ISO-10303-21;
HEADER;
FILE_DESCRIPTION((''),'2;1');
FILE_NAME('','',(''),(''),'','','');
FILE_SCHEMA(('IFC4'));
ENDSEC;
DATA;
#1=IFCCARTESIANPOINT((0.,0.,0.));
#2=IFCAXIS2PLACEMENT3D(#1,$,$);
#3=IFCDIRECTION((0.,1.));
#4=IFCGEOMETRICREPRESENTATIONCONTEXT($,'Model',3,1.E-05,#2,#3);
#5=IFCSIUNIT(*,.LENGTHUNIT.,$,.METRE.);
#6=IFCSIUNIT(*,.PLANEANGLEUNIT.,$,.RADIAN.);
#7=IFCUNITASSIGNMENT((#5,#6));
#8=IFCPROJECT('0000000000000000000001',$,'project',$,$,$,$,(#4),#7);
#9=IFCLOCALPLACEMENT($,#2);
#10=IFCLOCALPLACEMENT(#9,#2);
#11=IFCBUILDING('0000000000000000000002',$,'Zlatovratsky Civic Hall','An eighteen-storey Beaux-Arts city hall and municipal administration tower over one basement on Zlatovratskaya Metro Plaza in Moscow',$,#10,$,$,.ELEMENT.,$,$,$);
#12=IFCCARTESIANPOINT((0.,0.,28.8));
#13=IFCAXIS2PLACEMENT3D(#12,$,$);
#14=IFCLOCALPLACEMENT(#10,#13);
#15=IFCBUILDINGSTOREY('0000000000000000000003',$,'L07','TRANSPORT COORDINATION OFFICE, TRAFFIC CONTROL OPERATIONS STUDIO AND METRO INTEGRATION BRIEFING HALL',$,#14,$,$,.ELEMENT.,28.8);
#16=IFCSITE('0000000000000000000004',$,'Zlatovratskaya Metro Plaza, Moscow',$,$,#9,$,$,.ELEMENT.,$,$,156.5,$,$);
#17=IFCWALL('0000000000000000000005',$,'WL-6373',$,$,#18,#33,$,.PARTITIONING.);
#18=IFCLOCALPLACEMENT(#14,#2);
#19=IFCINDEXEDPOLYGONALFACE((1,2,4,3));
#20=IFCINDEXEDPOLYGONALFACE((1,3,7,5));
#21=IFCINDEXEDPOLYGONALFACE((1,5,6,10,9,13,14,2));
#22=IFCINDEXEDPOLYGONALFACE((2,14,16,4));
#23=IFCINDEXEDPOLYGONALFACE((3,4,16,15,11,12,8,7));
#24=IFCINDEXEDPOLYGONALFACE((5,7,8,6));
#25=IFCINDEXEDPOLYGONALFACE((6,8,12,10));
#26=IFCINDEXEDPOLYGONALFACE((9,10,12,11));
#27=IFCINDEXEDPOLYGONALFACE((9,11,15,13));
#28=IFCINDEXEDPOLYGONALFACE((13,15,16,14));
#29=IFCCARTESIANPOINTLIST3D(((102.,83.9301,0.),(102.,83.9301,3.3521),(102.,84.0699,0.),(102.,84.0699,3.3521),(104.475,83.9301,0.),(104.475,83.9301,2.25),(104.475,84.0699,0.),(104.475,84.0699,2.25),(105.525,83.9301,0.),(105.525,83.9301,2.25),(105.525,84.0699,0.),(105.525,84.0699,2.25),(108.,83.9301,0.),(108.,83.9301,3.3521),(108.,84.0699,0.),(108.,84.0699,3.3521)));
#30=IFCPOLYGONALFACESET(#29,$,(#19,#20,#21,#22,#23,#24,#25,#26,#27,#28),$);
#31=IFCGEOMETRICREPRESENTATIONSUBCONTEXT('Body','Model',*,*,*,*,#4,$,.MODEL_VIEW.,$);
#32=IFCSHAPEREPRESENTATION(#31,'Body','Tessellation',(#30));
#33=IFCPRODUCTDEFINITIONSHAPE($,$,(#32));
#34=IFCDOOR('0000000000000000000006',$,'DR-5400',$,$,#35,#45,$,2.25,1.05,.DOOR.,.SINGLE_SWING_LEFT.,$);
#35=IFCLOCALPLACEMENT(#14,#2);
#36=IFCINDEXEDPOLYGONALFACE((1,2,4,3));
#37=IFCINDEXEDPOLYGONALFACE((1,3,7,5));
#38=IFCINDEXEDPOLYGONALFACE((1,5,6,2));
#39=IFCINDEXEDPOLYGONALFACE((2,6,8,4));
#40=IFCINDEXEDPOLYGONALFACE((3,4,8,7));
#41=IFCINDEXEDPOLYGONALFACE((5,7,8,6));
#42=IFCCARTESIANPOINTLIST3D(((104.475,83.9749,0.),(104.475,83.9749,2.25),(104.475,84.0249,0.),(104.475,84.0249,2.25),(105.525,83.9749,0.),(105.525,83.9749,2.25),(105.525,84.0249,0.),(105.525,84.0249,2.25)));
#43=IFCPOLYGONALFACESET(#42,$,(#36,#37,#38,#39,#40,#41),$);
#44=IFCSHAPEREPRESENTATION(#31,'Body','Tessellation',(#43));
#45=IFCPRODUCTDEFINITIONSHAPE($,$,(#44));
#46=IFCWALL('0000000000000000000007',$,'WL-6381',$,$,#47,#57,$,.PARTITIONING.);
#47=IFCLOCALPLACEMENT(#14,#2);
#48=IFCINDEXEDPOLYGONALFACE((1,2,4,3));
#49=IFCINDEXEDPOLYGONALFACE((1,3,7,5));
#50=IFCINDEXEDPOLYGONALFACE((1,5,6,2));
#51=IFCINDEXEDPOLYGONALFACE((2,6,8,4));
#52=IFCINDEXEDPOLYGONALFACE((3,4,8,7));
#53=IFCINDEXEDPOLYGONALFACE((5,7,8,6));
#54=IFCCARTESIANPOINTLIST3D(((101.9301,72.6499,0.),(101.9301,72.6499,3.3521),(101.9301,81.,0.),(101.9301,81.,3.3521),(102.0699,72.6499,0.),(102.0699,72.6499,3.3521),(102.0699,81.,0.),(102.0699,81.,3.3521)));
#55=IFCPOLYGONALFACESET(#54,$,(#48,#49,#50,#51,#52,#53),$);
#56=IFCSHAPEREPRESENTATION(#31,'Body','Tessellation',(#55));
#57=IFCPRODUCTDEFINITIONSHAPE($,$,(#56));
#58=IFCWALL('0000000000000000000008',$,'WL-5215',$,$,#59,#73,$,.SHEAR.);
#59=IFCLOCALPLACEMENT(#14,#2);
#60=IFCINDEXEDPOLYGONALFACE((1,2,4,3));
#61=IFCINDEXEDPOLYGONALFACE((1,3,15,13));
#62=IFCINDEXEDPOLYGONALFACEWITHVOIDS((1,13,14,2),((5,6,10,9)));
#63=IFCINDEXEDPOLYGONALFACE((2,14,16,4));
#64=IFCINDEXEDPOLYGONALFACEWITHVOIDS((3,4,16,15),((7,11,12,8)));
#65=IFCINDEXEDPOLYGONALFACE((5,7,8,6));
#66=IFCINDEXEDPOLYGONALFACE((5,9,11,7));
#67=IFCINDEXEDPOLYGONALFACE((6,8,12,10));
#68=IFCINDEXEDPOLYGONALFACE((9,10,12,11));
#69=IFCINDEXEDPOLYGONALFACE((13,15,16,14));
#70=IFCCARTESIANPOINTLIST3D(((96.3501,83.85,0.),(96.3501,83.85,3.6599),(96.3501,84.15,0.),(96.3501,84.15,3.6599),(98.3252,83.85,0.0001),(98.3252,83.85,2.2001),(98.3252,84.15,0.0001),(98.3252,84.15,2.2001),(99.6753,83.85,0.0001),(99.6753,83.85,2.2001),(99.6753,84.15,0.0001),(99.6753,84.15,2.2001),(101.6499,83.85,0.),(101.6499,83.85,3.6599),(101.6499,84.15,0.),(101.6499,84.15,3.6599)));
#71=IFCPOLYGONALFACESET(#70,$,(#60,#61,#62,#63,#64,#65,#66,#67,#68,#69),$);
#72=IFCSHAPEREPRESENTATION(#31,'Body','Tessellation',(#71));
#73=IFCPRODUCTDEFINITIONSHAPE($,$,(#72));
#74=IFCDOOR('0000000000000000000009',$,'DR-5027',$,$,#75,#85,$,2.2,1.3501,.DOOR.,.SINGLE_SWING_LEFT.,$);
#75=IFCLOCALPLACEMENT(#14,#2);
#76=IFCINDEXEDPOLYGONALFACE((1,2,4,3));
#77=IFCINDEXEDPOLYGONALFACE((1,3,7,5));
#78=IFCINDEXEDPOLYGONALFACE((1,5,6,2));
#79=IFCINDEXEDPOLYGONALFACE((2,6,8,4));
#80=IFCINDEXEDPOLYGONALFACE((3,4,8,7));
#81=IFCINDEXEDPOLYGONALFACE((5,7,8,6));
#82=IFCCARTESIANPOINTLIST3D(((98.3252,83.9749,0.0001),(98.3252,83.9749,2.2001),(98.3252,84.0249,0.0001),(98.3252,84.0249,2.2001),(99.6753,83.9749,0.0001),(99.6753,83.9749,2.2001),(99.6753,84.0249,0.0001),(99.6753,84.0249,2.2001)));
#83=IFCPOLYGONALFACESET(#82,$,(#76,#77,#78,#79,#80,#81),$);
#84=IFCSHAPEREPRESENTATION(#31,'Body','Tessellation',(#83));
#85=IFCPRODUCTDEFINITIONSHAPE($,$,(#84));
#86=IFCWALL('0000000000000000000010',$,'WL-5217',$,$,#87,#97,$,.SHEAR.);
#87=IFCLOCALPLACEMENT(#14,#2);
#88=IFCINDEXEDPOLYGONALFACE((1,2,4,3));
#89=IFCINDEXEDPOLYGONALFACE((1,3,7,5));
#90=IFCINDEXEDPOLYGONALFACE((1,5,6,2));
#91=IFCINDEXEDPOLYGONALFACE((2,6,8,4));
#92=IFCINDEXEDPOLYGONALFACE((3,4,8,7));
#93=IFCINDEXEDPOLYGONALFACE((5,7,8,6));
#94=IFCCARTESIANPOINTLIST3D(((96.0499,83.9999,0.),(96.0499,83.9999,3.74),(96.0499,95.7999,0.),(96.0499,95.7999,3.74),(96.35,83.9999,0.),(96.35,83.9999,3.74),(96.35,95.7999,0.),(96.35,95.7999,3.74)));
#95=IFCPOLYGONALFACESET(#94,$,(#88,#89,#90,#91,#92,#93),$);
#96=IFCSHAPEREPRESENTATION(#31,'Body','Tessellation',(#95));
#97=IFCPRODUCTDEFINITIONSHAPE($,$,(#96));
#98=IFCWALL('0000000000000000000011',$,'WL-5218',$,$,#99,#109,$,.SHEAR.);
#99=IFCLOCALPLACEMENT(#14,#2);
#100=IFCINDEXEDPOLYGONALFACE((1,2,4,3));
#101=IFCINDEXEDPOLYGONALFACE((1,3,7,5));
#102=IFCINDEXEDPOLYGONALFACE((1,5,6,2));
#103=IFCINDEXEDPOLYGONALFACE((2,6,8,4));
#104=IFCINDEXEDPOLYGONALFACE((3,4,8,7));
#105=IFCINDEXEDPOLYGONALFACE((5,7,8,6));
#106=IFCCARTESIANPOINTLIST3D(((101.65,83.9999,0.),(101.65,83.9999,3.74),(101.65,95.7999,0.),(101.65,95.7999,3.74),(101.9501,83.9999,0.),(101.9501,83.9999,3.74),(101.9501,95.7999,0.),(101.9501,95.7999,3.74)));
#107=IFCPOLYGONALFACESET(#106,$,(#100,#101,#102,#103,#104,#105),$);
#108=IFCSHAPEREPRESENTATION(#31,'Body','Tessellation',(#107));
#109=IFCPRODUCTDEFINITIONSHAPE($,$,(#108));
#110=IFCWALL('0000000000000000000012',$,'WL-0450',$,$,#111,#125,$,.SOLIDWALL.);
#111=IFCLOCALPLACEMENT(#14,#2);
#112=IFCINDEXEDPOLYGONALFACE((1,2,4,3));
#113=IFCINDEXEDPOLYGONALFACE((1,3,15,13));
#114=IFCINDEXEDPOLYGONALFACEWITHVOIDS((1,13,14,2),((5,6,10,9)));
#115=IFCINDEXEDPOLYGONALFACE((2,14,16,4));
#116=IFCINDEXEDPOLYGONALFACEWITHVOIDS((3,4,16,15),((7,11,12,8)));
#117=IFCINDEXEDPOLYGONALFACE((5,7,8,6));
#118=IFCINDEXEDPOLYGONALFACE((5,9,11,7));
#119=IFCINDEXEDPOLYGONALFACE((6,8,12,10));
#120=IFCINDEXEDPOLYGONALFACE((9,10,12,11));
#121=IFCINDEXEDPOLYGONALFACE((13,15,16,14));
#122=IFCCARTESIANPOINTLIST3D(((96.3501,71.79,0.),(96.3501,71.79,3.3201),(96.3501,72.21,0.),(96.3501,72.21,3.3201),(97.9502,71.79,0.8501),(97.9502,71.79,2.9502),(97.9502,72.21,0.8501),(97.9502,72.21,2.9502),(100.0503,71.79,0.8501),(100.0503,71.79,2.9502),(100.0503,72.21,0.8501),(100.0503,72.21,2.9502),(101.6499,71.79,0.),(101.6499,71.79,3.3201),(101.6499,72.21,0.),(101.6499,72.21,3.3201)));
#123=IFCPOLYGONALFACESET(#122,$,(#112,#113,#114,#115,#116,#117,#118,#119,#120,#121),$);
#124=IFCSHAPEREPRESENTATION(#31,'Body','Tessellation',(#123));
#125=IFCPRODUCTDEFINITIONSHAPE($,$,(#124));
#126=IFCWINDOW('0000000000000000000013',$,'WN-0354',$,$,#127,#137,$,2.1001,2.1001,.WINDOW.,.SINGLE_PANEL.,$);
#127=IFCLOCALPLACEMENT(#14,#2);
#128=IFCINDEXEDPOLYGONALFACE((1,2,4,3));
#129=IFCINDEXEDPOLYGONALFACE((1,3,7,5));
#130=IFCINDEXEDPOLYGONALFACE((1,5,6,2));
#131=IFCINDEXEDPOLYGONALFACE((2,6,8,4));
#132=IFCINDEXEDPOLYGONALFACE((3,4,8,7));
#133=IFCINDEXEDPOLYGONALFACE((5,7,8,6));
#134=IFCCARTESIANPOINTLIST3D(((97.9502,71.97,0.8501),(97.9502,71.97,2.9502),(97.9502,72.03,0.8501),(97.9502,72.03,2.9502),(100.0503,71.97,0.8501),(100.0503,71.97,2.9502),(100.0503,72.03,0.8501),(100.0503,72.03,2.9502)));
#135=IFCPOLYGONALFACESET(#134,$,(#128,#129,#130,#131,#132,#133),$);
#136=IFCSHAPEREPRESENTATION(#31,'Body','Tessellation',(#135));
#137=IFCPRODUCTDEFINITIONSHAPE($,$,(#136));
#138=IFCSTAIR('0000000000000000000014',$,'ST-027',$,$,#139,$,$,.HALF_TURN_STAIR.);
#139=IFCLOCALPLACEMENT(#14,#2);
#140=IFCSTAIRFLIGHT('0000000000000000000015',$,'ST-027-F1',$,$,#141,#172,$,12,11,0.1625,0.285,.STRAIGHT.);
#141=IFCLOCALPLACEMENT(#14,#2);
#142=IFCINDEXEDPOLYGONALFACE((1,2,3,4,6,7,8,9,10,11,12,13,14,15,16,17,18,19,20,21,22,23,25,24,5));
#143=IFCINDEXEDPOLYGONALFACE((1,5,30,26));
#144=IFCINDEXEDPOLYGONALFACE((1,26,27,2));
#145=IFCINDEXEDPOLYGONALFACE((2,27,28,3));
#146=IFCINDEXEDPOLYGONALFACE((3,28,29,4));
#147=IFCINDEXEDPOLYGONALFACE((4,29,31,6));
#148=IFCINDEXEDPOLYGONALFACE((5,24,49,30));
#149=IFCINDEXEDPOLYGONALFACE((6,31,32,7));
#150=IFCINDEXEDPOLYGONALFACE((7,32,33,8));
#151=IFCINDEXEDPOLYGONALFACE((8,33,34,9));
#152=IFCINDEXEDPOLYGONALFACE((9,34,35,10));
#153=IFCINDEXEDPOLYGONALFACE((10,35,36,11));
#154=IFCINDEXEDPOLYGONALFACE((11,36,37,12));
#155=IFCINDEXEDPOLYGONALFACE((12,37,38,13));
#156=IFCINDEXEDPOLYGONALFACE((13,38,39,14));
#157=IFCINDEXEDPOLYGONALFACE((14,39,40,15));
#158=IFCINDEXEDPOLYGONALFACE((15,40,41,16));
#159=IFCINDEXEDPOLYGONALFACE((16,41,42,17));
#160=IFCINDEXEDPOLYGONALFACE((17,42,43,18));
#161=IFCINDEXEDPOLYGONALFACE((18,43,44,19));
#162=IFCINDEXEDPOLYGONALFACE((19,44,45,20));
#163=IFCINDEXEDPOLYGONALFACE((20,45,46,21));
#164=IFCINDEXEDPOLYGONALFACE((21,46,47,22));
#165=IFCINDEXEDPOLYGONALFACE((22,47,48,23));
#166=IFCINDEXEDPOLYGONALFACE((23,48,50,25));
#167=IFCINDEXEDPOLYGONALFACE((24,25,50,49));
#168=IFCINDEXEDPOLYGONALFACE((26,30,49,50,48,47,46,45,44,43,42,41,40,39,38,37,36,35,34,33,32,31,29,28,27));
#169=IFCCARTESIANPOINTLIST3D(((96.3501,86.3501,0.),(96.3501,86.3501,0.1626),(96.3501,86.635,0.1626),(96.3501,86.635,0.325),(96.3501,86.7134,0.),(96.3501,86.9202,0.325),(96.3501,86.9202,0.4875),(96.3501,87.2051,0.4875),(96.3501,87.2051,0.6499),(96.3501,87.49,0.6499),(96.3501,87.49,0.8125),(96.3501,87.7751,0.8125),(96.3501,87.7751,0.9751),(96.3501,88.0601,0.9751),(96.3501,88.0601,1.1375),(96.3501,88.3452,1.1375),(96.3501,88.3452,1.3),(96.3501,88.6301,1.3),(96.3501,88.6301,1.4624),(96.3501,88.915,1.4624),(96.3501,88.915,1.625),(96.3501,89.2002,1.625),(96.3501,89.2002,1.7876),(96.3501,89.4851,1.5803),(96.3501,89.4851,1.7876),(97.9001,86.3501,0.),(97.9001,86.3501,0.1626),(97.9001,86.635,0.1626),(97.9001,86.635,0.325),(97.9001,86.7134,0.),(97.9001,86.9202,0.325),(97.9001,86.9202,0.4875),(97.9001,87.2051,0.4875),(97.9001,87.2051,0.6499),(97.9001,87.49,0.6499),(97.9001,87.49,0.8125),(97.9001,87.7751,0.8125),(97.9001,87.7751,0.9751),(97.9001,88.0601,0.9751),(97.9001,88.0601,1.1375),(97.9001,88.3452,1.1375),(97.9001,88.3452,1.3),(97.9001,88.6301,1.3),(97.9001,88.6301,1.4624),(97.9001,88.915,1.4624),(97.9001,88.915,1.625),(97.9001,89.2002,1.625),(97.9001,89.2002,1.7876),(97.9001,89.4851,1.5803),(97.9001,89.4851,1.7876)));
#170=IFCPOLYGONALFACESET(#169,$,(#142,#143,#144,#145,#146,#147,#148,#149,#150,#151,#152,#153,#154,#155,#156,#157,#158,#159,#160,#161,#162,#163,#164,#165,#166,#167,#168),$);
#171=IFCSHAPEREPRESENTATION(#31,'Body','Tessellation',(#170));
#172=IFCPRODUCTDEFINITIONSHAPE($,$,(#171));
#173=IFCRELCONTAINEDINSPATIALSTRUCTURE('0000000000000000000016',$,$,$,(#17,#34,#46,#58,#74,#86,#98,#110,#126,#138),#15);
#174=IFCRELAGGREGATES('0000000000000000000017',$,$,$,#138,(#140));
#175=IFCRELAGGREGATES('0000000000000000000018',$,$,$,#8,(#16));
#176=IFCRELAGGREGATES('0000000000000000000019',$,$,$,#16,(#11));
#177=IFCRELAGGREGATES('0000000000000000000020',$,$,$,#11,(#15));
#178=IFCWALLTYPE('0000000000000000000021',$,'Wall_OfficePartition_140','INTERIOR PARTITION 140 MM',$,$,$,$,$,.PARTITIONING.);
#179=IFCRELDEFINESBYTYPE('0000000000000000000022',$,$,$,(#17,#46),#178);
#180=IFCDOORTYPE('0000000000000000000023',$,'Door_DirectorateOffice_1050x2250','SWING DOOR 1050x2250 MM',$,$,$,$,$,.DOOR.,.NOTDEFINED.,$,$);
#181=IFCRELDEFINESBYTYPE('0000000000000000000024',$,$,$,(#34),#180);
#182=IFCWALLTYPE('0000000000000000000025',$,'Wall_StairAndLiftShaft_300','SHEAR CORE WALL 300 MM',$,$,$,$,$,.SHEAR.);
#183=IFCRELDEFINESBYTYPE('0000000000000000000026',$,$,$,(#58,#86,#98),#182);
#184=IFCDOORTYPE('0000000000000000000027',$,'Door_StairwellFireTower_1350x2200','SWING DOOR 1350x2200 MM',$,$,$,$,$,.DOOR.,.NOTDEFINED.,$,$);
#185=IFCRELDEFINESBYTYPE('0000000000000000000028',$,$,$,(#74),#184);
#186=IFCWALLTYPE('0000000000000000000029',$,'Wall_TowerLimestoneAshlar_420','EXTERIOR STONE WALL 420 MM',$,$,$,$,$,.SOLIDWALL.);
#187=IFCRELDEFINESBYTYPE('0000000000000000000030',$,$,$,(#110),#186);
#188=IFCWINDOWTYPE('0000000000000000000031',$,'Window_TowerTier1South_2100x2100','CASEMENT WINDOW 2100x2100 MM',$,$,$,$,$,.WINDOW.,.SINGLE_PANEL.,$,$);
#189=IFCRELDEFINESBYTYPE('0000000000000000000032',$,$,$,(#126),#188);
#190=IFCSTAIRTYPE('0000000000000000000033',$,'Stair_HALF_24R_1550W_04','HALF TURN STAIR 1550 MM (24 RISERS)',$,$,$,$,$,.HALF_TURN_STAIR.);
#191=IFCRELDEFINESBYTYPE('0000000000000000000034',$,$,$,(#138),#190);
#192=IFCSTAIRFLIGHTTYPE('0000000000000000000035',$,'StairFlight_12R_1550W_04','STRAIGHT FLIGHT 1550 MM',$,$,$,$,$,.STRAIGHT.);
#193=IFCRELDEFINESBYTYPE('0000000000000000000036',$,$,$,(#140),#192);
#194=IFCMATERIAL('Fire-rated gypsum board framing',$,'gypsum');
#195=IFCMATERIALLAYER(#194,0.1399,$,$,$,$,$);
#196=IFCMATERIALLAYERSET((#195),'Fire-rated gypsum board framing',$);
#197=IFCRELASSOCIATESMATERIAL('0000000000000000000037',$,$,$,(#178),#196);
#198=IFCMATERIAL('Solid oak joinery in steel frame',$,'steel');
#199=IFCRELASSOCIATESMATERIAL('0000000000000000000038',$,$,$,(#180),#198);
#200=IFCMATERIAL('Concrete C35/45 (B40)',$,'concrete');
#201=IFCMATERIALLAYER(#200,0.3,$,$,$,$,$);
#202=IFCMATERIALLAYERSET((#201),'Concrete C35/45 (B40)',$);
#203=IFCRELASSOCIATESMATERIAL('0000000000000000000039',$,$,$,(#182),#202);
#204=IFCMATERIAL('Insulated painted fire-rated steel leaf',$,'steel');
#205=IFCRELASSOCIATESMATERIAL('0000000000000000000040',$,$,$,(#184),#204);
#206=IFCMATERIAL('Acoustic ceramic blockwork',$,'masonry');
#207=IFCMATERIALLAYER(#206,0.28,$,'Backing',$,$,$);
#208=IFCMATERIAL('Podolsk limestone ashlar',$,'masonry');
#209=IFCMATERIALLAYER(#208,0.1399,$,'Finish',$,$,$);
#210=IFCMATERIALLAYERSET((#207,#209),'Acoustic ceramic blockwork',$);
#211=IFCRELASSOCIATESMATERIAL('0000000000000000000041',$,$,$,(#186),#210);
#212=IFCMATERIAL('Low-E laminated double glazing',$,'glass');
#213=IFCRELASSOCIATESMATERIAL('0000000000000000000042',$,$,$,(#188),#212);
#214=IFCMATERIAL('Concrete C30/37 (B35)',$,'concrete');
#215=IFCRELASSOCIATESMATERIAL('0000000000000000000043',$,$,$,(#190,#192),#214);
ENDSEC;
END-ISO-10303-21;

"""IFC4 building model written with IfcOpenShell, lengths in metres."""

from ifc_helpers import new_model, si_unit, direction, frame, frame_2d, origin, place, context, subcontext, project, spatial, polyline, rectangle, outline, extrude, material, layer, layer_set, type_object, element, fill, aggregate, save


model = new_model("IFC4")

# Units and contexts
model_context = context("Model", 3, precision=1e-05, world=origin(), true_north=direction((0.0, 1.0)))
body_context = subcontext(model_context, "Body", "Model", "MODEL_VIEW")
ifc_project = project(units=[si_unit("LENGTHUNIT", "METRE"), si_unit("PLANEANGLEUNIT", "RADIAN")], contexts=[model_context])

# Site, building, storey
site_placement = place(None, origin())
site = spatial("IfcSite", under=ifc_project, at=site_placement, Name="Zlatovratskaya Metro Plaza, Moscow", CompositionType="ELEMENT", RefElevation=156.5)
building_placement = place(site_placement, origin())
building = spatial("IfcBuilding", under=site, at=building_placement, Name="Zlatovratsky Civic Hall", Description="An eighteen-storey Beaux-Arts city hall and municipal administration tower over one basement on Zlatovratskaya Metro Plaza in Moscow", CompositionType="ELEMENT")
storey_placement = place(building_placement, frame((0.0, 0.0, 28.8)))
storey = spatial("IfcBuildingStorey", under=building, at=storey_placement, Name="L07", Description="TRANSPORT COORDINATION OFFICE, TRAFFIC CONTROL OPERATIONS STUDIO AND METRO INTEGRATION BRIEFING HALL", CompositionType="ELEMENT", Elevation=28.8)

# Shared definitions
ifc_material_1 = material(Name="Concrete C35/45 (B40)", Category="concrete")

# Wall, opening, door
ifc_material_2 = material(Name="Fire-rated gypsum board framing", Category="gypsum")
ifc_layer_1 = layer(ifc_material_2, 0.1399)
ifc_layer_set_1 = layer_set([ifc_layer_1], Name="Fire-rated gypsum board framing")
wall_type_1 = type_object("IfcWallType", Name="Wall_OfficePartition_140", Description="INTERIOR PARTITION 140 MM", PredefinedType="PARTITIONING", material=ifc_layer_set_1)
ifc_material_3 = material(Name="Solid oak joinery in steel frame", Category="steel")
wall_1_placement = place(storey_placement, frame((102.0, 84.0, 0.0), z_axis=(0.0, 0.0, 1.0), x_axis=(1.0, 0.0, 0.0)))
wall_1 = element("IfcWall", 1, at=wall_1_placement, inside=storey, type_object=wall_type_1, Name="WL-6373", PredefinedType="PARTITIONING", context=body_context, shape_type="SweptSolid", body=[
    extrude(rectangle(XDim=6.0, YDim=0.1399, at=frame_2d((3.0, 0.0))), origin(), (0.0, 0.0, 1.0), 3.3521),
])
opening_1_placement = place(wall_1_placement, frame((2.4751, 0.0, 0.0)))
opening_1 = element("IfcOpeningElement", 2, at=opening_1_placement, cuts=wall_1, PredefinedType="OPENING", context=body_context, shape_type="SweptSolid", body=[
    extrude(rectangle(XDim=1.05, YDim=2.25, at=frame_2d((0.5249, 1.125))), frame((0.0, 0.085, 0.0), z_axis=(0.0, -1.0, 0.0), x_axis=(1.0, 0.0, 0.0)), (0.0, 0.0, 1.0), 0.1697),
])
door_type_1 = type_object("IfcDoorType", Name="Door_DirectorateOffice_1050x2250", Description="SWING DOOR 1050x2250 MM", OperationType="NOTDEFINED", PredefinedType="DOOR", material=ifc_material_3)
door_1_placement = place(opening_1_placement, origin())
door_1 = element("IfcDoor", 3, at=door_1_placement, inside=storey, type_object=door_type_1, Name="DR-5400", OperationType="SINGLE_SWING_LEFT", OverallHeight=2.25, OverallWidth=1.05, PredefinedType="DOOR", context=body_context, shape_type="SweptSolid", body=[
    extrude(rectangle(XDim=1.05, YDim=2.25, at=frame_2d((0.5249, 1.125))), frame((0.0, 0.0249, 0.0), z_axis=(0.0, -1.0, 0.0), x_axis=(1.0, 0.0, 0.0)), (0.0, 0.0, 1.0), 0.05),
])
fill(opening_1, door_1)

# Wall
wall_2_placement = place(storey_placement, frame((102.0, 72.6499, 0.0), z_axis=(0.0, 0.0, 1.0), x_axis=(0.0, 1.0, 0.0)))
element("IfcWall", 4, at=wall_2_placement, inside=storey, type_object=wall_type_1, Name="WL-6381", PredefinedType="PARTITIONING", context=body_context, shape_type="SweptSolid", body=[
    extrude(rectangle(XDim=8.3501, YDim=0.1399, at=frame_2d((4.175, 0.0))), origin(), (0.0, 0.0, 1.0), 3.3521),
])

# Wall, opening, door
ifc_layer_2 = layer(ifc_material_1, 0.3)
ifc_layer_set_2 = layer_set([ifc_layer_2], Name="Concrete C35/45 (B40)")
wall_type_2 = type_object("IfcWallType", Name="Wall_StairAndLiftShaft_300", Description="SHEAR CORE WALL 300 MM", PredefinedType="SHEAR", material=ifc_layer_set_2)
wall_3_placement = place(storey_placement, frame((96.3501, 84.0, 0.0), z_axis=(0.0, 0.0, 1.0), x_axis=(1.0, 0.0, 0.0)))
wall_3 = element("IfcWall", 5, at=wall_3_placement, inside=storey, type_object=wall_type_2, Name="WL-5215", PredefinedType="SHEAR", context=body_context, shape_type="SweptSolid", body=[
    extrude(rectangle(XDim=5.2998, YDim=0.3, at=frame_2d((2.6499, 0.0))), origin(), (0.0, 0.0, 1.0), 3.6599),
])
opening_2_placement = place(wall_3_placement, frame((1.9751, 0.0, 0.0)))
opening_2 = element("IfcOpeningElement", 6, at=opening_2_placement, cuts=wall_3, PredefinedType="OPENING", context=body_context, shape_type="SweptSolid", body=[
    extrude(rectangle(XDim=1.3501, YDim=2.2, at=frame_2d((0.675, 1.1001))), frame((0.0, 0.165, 0.0), z_axis=(0.0, -1.0, 0.0), x_axis=(1.0, 0.0, 0.0)), (0.0, 0.0, 1.0), 0.3298),
])
ifc_material_4 = material(Name="Insulated painted fire-rated steel leaf", Category="steel")
door_type_2 = type_object("IfcDoorType", Name="Door_StairwellFireTower_1350x2200", Description="SWING DOOR 1350x2200 MM", OperationType="NOTDEFINED", PredefinedType="DOOR", material=ifc_material_4)
door_2_placement = place(opening_2_placement, origin())
door_2 = element("IfcDoor", 7, at=door_2_placement, inside=storey, type_object=door_type_2, Name="DR-5027", OperationType="SINGLE_SWING_LEFT", OverallHeight=2.2, OverallWidth=1.3501, PredefinedType="DOOR", context=body_context, shape_type="SweptSolid", body=[
    extrude(rectangle(XDim=1.3501, YDim=2.2, at=frame_2d((0.675, 1.1001))), frame((0.0, 0.0249, 0.0), z_axis=(0.0, -1.0, 0.0), x_axis=(1.0, 0.0, 0.0)), (0.0, 0.0, 1.0), 0.05),
])
fill(opening_2, door_2)

# Walls
for number, where, z_axis, x_axis, name in (
    (8, (96.2, 84.0, 0.0), (0.0, 0.0, 1.0), (0.0, 1.0, 0.0), "WL-5217"),
    (9, (101.8, 84.0, 0.0), (0.0, 0.0, 1.0), (0.0, 1.0, 0.0), "WL-5218"),
):
    element("IfcWall", number, at=place(storey_placement, frame(where, z_axis=z_axis, x_axis=x_axis)), inside=storey, type_object=wall_type_2, Name=name, PredefinedType="SHEAR", context=body_context, shape_type="SweptSolid", body=[
        extrude(rectangle(XDim=11.8, YDim=0.3, at=frame_2d((5.8999, 0.0))), origin(), (0.0, 0.0, 1.0), 3.74),
    ])

# Wall, opening, window
ifc_material_5 = material(Name="Acoustic ceramic blockwork", Category="masonry")
ifc_layer_3 = layer(ifc_material_5, 0.28, Name="Backing")
ifc_material_6 = material(Name="Podolsk limestone ashlar", Category="masonry")
ifc_layer_4 = layer(ifc_material_6, 0.1399, Name="Finish")
ifc_layer_set_3 = layer_set([ifc_layer_3, ifc_layer_4], Name="Acoustic ceramic blockwork")
wall_type_3 = type_object("IfcWallType", Name="Wall_TowerLimestoneAshlar_420", Description="EXTERIOR STONE WALL 420 MM", PredefinedType="SOLIDWALL", material=ifc_layer_set_3)
wall_4_placement = place(storey_placement, frame((96.3501, 72.0, 0.0), z_axis=(0.0, 0.0, 1.0), x_axis=(1.0, 0.0, 0.0)))
wall_4 = element("IfcWall", 10, at=wall_4_placement, inside=storey, type_object=wall_type_3, Name="WL-0450", PredefinedType="SOLIDWALL", context=body_context, shape_type="SweptSolid", body=[
    extrude(rectangle(XDim=5.2998, YDim=0.4199, at=frame_2d((2.6499, 0.0))), origin(), (0.0, 0.0, 1.0), 3.3201),
])
opening_3_placement = place(wall_4_placement, frame((1.6001, 0.0, 0.8501)))
opening_3 = element("IfcOpeningElement", 11, at=opening_3_placement, cuts=wall_4, PredefinedType="OPENING", context=body_context, shape_type="SweptSolid", body=[
    extrude(rectangle(XDim=2.1001, YDim=2.1001, at=frame_2d((1.05, 1.05))), frame((0.0, 0.2249, 0.0), z_axis=(0.0, -1.0, 0.0), x_axis=(1.0, 0.0, 0.0)), (0.0, 0.0, 1.0), 0.4497),
])
ifc_material_7 = material(Name="Low-E laminated double glazing", Category="glass")
window_type = type_object("IfcWindowType", Name="Window_TowerTier1South_2100x2100", Description="CASEMENT WINDOW 2100x2100 MM", PartitioningType="SINGLE_PANEL", PredefinedType="WINDOW", material=ifc_material_7)
window_placement = place(opening_3_placement, origin())
window = element("IfcWindow", 12, at=window_placement, inside=storey, type_object=window_type, Name="WN-0354", OverallHeight=2.1001, OverallWidth=2.1001, PartitioningType="SINGLE_PANEL", PredefinedType="WINDOW", context=body_context, shape_type="SweptSolid", body=[
    extrude(rectangle(XDim=2.1001, YDim=2.1001, at=frame_2d((1.05, 1.05))), frame((0.0, 0.03, 0.0), z_axis=(0.0, -1.0, 0.0), x_axis=(1.0, 0.0, 0.0)), (0.0, 0.0, 1.0), 0.0601),
])
fill(opening_3, window)

# Stair, stair flight
ifc_material_8 = material(Name="Concrete C30/37 (B35)", Category="concrete")
stair_type = type_object("IfcStairType", Name="Stair_HALF_24R_1550W_04", Description="HALF TURN STAIR 1550 MM (24 RISERS)", PredefinedType="HALF_TURN_STAIR", material=ifc_material_8)
stair_placement = place(storey_placement, origin())
stair = element("IfcStair", 13, at=stair_placement, inside=storey, type_object=stair_type, Name="ST-027", PredefinedType="HALF_TURN_STAIR")
stair_flight_type = type_object("IfcStairFlightType", Name="StairFlight_12R_1550W_04", Description="STRAIGHT FLIGHT 1550 MM", PredefinedType="STRAIGHT", material=ifc_material_8)
stair_flight_1_placement = place(storey_placement, frame((97.125, 86.3501, 0.0), z_axis=(0.0, 0.0, 1.0), x_axis=(0.0, 1.0, 0.0)))
stair_flight_1 = element("IfcStairFlight", 14, at=stair_flight_1_placement, type_object=stair_flight_type, Name="ST-027-F1", NumberOfRisers=12, NumberOfTreads=11, PredefinedType="STRAIGHT", RiserHeight=0.1625, TreadLength=0.285, context=body_context, shape_type="SweptSolid", body=[
    extrude(outline(polyline([(0.0, 0.0), (0.0, 0.1626), (0.2849, 0.1626), (0.2849, 0.325), (0.5701, 0.325), (0.5701, 0.4875), (0.855, 0.4875), (0.855, 0.6499), (1.1399, 0.6499), (1.1399, 0.8125), (1.425, 0.8125), (1.425, 0.9751), (1.71, 0.9751), (1.71, 1.1375), (1.9951, 1.1375), (1.9951, 1.3), (2.28, 1.3), (2.28, 1.4624), (2.5649, 1.4624), (2.5649, 1.625), (2.8501, 1.625), (2.8501, 1.7876), (3.135, 1.7876), (3.135, 1.95), (3.135, 1.5803), (0.3633, 0.0), (0.0, 0.0)])), frame((0.0, 0.7749, 0.0), z_axis=(0.0, -1.0, 0.0), x_axis=(1.0, 0.0, 0.0)), (0.0, 0.0, 1.0), 1.55),
])
aggregate(stair, [stair_flight_1])

save(model, "model.ifc")
